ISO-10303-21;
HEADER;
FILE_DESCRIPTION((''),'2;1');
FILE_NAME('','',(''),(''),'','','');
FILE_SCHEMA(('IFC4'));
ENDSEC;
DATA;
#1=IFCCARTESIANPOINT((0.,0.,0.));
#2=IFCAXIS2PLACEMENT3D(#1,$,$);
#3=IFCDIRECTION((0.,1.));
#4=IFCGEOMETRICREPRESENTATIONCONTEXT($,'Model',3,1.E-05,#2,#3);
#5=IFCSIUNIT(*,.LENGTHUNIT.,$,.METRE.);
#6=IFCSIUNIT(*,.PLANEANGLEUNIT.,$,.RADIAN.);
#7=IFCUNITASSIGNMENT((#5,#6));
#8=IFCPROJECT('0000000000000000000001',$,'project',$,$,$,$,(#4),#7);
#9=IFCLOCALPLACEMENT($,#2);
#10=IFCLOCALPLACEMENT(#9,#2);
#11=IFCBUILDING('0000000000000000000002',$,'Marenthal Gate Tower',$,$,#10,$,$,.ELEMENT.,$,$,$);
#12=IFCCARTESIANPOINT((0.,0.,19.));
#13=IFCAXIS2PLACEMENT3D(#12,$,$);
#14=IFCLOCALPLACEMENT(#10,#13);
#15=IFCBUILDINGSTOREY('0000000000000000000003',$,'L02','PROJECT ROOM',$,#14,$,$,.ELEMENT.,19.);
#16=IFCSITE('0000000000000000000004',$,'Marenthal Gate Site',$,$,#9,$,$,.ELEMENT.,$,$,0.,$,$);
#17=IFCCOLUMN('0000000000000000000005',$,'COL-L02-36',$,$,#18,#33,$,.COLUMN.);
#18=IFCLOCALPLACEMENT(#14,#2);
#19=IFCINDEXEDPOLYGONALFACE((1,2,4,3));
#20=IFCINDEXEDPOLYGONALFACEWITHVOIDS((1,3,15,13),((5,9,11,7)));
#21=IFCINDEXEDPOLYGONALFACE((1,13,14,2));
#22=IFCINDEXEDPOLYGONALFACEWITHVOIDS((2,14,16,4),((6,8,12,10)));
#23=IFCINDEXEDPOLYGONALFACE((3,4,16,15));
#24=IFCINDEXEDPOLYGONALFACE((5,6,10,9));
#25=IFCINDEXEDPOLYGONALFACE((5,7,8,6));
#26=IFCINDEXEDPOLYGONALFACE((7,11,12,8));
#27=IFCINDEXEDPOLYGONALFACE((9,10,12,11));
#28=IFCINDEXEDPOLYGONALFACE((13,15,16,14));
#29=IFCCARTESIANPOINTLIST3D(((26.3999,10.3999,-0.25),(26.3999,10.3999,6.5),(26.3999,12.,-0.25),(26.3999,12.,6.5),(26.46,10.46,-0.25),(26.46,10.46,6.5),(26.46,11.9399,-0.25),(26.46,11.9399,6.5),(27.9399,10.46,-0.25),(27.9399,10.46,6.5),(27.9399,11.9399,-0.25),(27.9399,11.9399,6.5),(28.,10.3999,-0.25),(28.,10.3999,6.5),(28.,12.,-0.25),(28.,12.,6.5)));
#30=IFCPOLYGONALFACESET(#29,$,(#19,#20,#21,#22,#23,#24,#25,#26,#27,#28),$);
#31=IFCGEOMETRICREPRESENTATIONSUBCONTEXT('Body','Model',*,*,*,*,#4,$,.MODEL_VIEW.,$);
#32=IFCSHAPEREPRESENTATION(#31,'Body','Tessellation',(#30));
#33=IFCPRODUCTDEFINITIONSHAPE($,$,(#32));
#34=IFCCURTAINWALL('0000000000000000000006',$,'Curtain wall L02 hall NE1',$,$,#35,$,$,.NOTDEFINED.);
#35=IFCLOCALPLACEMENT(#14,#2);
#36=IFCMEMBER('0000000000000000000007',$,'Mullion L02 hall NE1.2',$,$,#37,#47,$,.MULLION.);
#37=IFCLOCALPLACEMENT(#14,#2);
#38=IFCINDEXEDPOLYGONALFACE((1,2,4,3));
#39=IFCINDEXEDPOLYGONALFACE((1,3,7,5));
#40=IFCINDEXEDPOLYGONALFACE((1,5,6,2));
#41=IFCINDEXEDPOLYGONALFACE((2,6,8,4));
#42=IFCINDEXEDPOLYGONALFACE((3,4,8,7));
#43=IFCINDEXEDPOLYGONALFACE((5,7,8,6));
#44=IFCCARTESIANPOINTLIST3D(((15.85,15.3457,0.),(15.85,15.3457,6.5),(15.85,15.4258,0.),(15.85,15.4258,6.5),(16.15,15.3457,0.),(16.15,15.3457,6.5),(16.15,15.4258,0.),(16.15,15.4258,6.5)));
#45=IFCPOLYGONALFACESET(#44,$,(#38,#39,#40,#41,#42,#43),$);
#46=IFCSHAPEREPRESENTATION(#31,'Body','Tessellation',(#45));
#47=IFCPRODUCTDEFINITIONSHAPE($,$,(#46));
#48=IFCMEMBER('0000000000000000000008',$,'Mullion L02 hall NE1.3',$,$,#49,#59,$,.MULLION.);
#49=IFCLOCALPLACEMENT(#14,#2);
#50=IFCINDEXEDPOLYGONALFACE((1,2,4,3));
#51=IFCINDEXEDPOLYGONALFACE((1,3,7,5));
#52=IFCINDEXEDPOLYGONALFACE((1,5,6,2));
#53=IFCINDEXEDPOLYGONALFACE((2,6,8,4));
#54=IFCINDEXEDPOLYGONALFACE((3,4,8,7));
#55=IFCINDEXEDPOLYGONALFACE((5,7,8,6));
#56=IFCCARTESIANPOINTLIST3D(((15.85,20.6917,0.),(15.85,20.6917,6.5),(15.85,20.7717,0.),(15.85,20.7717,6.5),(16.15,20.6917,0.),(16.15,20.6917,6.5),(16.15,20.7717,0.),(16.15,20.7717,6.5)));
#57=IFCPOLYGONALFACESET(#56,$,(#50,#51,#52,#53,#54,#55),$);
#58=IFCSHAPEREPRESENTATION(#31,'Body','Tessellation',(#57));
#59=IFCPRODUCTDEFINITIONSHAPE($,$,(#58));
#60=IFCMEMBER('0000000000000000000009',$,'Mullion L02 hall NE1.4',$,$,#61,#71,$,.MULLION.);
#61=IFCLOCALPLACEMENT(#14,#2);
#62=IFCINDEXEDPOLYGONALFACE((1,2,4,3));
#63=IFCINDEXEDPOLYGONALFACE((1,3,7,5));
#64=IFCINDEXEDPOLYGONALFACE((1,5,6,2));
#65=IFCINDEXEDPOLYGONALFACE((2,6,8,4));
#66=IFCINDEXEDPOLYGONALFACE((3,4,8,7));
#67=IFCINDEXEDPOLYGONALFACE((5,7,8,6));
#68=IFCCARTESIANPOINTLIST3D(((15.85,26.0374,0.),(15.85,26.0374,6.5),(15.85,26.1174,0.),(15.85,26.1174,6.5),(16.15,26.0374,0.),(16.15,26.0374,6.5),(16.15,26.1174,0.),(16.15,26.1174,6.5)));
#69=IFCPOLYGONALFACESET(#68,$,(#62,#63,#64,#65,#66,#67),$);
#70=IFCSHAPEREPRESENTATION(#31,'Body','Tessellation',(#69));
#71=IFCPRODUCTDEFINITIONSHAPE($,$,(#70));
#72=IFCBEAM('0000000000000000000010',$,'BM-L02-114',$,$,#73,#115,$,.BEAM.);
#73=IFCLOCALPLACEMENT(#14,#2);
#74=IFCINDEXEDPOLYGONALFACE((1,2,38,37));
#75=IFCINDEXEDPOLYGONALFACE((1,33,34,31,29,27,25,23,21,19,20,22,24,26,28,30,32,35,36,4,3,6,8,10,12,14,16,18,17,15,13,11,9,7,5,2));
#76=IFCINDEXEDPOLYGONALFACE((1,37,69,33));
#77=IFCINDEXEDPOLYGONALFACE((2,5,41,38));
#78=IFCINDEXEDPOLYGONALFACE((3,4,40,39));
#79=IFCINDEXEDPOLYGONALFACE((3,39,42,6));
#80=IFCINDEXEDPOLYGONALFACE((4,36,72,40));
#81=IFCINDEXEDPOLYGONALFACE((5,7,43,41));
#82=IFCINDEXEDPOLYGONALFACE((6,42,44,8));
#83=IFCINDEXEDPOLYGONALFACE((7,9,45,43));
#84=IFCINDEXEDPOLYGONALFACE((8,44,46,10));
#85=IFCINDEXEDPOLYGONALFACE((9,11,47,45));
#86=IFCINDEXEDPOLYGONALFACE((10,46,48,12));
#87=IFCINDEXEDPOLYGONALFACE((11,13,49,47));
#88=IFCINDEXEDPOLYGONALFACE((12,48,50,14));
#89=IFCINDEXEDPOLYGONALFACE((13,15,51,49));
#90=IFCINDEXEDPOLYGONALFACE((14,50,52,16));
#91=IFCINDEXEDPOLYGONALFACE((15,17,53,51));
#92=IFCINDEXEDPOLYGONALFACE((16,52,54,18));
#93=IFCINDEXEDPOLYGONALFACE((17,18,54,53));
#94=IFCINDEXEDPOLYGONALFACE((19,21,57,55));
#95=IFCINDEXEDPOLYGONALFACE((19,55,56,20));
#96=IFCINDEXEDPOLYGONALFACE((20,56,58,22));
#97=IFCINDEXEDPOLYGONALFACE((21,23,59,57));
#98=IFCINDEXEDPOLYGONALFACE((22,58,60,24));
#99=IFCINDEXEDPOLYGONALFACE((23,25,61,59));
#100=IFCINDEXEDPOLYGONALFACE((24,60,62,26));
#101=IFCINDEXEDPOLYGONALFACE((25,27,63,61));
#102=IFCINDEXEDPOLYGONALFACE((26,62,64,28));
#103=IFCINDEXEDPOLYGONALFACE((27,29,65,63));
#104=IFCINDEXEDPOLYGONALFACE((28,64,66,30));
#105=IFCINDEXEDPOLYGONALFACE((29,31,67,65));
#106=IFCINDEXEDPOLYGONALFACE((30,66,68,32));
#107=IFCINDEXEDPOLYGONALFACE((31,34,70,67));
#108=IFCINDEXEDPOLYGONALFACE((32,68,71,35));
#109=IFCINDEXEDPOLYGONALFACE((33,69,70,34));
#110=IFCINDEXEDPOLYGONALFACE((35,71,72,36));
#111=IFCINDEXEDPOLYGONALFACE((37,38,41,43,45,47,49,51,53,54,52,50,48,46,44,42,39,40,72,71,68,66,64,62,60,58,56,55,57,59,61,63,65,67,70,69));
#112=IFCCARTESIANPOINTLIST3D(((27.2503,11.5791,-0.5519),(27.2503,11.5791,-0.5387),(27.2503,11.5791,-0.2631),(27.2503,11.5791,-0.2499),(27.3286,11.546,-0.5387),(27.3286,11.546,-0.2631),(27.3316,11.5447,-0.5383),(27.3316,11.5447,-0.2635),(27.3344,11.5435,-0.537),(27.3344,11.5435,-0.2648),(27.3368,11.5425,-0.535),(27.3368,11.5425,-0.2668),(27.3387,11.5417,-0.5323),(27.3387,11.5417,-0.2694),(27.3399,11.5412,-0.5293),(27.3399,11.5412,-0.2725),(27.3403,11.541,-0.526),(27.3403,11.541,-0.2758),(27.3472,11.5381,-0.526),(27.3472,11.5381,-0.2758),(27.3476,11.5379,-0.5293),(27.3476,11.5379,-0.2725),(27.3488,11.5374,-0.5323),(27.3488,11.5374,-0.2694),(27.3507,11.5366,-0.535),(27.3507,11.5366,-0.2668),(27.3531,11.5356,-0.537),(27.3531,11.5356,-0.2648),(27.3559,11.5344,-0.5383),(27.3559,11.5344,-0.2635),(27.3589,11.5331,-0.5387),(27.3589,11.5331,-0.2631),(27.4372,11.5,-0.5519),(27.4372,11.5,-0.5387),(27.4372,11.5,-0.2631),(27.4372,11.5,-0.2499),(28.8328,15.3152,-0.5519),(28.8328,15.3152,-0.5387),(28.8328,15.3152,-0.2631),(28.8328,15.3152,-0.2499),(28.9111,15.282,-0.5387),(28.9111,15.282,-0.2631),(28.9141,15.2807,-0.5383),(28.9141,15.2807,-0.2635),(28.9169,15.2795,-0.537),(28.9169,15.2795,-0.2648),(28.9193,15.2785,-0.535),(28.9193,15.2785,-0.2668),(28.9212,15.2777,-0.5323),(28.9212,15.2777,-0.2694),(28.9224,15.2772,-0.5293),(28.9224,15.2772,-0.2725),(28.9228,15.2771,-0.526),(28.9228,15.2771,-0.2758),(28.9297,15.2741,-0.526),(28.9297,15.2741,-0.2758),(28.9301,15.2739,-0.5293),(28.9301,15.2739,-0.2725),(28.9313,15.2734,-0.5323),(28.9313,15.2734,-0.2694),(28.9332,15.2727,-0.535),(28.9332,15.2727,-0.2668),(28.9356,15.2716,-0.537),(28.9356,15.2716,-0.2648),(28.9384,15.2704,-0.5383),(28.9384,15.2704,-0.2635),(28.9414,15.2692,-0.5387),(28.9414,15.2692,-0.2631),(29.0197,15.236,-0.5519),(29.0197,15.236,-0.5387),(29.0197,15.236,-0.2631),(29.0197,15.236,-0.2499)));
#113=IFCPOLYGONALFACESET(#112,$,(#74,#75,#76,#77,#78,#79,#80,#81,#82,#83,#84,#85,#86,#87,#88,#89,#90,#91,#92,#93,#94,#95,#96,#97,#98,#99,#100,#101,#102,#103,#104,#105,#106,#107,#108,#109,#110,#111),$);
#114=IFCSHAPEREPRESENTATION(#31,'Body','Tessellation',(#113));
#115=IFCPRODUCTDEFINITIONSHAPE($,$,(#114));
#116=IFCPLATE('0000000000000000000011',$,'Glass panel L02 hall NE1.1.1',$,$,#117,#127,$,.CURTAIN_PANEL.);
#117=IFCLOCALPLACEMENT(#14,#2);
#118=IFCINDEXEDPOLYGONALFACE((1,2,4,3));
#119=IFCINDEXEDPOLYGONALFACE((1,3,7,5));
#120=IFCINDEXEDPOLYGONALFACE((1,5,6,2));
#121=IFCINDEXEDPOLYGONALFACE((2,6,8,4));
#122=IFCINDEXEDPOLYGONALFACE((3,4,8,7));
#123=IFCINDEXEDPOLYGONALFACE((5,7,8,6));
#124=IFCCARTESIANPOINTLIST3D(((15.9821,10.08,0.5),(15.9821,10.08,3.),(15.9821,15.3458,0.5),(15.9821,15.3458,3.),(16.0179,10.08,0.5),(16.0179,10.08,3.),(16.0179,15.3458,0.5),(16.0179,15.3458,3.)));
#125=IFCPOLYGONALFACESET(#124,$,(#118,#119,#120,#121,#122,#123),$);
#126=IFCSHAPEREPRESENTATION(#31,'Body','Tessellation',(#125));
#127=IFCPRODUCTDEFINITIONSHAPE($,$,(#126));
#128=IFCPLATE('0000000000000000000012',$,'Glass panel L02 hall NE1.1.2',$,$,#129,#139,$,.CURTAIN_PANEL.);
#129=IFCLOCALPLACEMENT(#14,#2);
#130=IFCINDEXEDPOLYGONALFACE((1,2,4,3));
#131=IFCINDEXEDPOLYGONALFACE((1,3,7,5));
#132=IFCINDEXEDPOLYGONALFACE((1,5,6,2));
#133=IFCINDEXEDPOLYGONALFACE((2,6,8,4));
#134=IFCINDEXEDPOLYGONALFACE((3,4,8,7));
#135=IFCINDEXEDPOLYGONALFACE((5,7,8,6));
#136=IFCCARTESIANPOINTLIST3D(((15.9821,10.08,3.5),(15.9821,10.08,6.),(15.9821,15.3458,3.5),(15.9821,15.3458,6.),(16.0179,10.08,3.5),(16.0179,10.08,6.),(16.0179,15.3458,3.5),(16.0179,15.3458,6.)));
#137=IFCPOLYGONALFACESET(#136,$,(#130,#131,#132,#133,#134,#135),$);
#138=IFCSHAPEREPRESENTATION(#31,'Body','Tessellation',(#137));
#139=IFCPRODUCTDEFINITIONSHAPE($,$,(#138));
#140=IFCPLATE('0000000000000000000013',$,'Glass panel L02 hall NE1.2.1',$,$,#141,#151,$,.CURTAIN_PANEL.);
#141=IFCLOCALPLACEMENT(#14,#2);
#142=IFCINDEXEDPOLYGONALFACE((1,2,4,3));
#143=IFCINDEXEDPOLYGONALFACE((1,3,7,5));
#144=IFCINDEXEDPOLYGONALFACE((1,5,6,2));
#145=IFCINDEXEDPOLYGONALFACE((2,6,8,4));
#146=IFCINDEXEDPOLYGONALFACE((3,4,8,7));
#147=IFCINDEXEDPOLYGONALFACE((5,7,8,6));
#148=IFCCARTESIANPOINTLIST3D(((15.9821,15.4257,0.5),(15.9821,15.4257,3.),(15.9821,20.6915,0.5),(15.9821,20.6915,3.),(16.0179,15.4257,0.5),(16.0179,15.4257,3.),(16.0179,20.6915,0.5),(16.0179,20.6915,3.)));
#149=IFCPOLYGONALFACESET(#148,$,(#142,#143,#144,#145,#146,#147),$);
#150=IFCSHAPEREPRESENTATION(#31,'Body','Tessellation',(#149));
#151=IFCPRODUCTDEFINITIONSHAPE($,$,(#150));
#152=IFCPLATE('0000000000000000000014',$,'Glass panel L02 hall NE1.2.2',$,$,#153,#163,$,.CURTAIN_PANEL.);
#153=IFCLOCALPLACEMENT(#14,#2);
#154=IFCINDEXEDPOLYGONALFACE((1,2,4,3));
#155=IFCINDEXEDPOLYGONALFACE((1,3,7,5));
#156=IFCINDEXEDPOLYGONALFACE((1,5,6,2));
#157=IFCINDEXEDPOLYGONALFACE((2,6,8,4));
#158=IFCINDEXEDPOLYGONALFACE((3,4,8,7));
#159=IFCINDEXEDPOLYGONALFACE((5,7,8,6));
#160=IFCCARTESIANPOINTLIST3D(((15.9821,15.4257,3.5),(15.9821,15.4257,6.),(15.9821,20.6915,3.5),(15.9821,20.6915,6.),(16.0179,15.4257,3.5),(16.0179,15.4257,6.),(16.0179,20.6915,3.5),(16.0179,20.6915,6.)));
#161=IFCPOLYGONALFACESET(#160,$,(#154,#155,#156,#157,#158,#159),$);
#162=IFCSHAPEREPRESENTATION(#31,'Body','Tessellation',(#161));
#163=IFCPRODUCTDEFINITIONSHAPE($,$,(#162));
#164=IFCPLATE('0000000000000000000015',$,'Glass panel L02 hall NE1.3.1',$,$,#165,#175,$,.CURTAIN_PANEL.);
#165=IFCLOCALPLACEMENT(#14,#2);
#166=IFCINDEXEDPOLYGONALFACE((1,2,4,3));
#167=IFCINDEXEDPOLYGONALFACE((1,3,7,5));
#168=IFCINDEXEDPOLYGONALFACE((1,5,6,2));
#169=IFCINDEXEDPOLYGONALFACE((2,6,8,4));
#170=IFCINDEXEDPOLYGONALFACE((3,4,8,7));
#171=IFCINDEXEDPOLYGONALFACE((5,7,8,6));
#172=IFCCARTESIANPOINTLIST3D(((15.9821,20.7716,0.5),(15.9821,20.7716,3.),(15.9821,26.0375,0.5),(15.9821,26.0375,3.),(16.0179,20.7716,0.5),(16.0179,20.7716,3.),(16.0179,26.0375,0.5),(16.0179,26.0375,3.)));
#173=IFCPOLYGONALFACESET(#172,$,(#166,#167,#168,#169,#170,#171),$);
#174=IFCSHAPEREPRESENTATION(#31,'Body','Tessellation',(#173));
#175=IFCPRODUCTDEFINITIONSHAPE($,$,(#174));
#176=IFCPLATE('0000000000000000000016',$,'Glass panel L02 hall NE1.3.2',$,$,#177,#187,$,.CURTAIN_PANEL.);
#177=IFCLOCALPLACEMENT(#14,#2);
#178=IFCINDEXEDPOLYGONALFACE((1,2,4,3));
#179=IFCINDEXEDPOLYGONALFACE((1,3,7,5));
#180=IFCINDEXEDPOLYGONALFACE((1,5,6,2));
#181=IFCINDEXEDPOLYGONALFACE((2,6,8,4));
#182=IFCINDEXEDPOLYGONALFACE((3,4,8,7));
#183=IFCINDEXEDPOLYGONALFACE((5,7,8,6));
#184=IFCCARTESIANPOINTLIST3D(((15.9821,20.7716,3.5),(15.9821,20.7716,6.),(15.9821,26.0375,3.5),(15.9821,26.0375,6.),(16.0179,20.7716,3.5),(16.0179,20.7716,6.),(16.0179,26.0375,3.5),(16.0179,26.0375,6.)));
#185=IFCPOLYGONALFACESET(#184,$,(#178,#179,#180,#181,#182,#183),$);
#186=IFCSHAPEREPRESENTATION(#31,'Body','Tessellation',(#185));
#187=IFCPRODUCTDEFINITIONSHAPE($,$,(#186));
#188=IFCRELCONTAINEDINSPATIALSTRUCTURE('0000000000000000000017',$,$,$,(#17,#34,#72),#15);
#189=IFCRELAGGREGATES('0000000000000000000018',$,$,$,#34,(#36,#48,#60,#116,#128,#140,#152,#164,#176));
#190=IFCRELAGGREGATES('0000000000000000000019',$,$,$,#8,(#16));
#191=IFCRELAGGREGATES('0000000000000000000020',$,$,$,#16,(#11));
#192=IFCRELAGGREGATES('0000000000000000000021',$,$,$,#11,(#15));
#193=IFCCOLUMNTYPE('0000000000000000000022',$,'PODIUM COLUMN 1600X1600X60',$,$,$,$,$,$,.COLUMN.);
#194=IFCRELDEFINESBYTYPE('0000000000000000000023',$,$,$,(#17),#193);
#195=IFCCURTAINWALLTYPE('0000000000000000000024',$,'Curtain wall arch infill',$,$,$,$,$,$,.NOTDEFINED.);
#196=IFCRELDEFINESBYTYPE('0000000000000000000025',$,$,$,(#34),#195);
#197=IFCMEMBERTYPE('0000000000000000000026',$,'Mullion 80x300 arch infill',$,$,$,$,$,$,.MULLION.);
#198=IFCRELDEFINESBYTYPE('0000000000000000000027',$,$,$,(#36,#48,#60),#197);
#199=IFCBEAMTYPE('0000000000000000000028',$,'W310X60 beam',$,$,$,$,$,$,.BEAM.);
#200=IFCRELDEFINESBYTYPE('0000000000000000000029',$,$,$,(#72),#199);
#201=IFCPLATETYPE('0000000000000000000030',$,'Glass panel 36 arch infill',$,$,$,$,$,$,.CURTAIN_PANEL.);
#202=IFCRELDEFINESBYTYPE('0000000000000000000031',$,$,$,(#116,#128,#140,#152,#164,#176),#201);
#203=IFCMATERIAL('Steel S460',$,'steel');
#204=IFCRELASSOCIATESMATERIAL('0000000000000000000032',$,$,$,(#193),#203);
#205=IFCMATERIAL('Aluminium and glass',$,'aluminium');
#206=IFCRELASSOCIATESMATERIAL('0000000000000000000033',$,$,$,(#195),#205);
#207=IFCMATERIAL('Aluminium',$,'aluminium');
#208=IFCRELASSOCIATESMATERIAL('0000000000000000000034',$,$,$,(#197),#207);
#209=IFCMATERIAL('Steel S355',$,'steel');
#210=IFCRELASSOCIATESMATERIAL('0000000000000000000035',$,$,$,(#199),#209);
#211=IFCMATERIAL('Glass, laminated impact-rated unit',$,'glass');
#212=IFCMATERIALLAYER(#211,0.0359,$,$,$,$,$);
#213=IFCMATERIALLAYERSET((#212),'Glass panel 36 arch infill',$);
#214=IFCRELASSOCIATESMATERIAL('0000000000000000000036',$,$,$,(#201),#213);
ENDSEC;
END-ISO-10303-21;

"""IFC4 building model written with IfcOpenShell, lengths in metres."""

from ifc_helpers import new_model, si_unit, direction, frame, origin, origin_2d, place, context, subcontext, project, spatial, rectangle, hollow_rectangle, i_section, extrude, material, layer, layer_set, material_profile, profile_set, type_object, element, aggregate, save


model = new_model("IFC4")

# Units and contexts
model_context = context("Model", 3, precision=1e-05, world=origin(), true_north=direction((0.0, 1.0)))
body_context = subcontext(model_context, "Body", "Model", "MODEL_VIEW")
ifc_project = project(units=[si_unit("LENGTHUNIT", "METRE"), si_unit("PLANEANGLEUNIT", "RADIAN")], contexts=[model_context])

# Site, building, storey
site_placement = place(None, origin())
site = spatial("IfcSite", under=ifc_project, at=site_placement, Name="Marenthal Gate Site", CompositionType="ELEMENT", RefElevation=0.0)
building_placement = place(site_placement, origin())
building = spatial("IfcBuilding", under=site, at=building_placement, Name="Marenthal Gate Tower", CompositionType="ELEMENT")
storey_placement = place(building_placement, frame((0.0, 0.0, 19.0)))
storey = spatial("IfcBuildingStorey", under=building, at=storey_placement, Name="L02", Description="PROJECT ROOM", CompositionType="ELEMENT", Elevation=19.0)

# Column
ifc_material_1 = material(Name="Steel S460", Category="steel")
ifc_material_profile_1 = material_profile(ifc_material_1, hollow_rectangle(XDim=1.6001, YDim=1.6001, WallThickness=0.0601, at=origin_2d()), Name="CFT BOX 1600X1600X60")
ifc_material_2 = material(Name="Concrete 70 MPa", Category="concrete")
ifc_material_profile_2 = material_profile(ifc_material_2, rectangle(XDim=1.48, YDim=1.48, at=origin_2d()), Name="CFT BOX 1600X1600X60 INFILL")
ifc_profile_set_1 = profile_set([ifc_material_profile_1, ifc_material_profile_2], Name="Steel S460 shell, Concrete 70 MPa infill")
column_type = type_object("IfcColumnType", Name="PODIUM COLUMN 1600X1600X60", PredefinedType="COLUMN", material=ifc_profile_set_1)
column_placement = place(storey_placement, frame((27.2, 11.2, -0.25), z_axis=(0.0, 0.0, 1.0), x_axis=(1.0, 0.0, 0.0)))
element("IfcColumn", 1, at=column_placement, inside=storey, type_object=column_type, Name="COL-L02-36", PredefinedType="COLUMN", context=body_context, shape_type="SweptSolid", body=[
    extrude(hollow_rectangle(XDim=1.6001, YDim=1.6001, WallThickness=0.0601, at=origin_2d()), origin(), (0.0, 0.0, 1.0), 6.75),
])

# Curtain wall, members
ifc_material_3 = material(Name="Aluminium and glass", Category="aluminium")
curtain_wall_type = type_object("IfcCurtainWallType", Name="Curtain wall arch infill", PredefinedType="NOTDEFINED", material=ifc_material_3)
curtain_wall_placement = place(storey_placement, origin())
curtain_wall = element("IfcCurtainWall", 2, at=curtain_wall_placement, inside=storey, type_object=curtain_wall_type, Name="Curtain wall L02 hall NE1", PredefinedType="NOTDEFINED")
ifc_material_4 = material(Name="Aluminium", Category="aluminium")
ifc_material_profile_3 = material_profile(ifc_material_4, rectangle(XDim=0.3, YDim=0.0801, at=origin_2d()), Name="80x300 aluminium mullion")
ifc_profile_set_2 = profile_set([ifc_material_profile_3], Name="Aluminium")
member_type = type_object("IfcMemberType", Name="Mullion 80x300 arch infill", PredefinedType="MULLION", material=ifc_profile_set_2)
member_1_placement = place(storey_placement, frame((16.0, 15.3857, 0.0), z_axis=(0.0, 0.0, 1.0), x_axis=(-1.0, 0.0, 0.0)))
member_1 = element("IfcMember", 3, at=member_1_placement, type_object=member_type, Name="Mullion L02 hall NE1.2", PredefinedType="MULLION", context=body_context, shape_type="SweptSolid", body=[
    extrude(rectangle(XDim=0.3, YDim=0.0801, at=origin_2d()), origin(), (0.0, 0.0, 1.0), 6.5),
])
member_2_placement = place(storey_placement, frame((16.0, 20.7317, 0.0), z_axis=(0.0, 0.0, 1.0), x_axis=(-1.0, 0.0, 0.0)))
member_2 = element("IfcMember", 4, at=member_2_placement, type_object=member_type, Name="Mullion L02 hall NE1.3", PredefinedType="MULLION", context=body_context, shape_type="SweptSolid", body=[
    extrude(rectangle(XDim=0.3, YDim=0.0801, at=origin_2d()), origin(), (0.0, 0.0, 1.0), 6.5),
])
member_3_placement = place(storey_placement, frame((16.0, 26.0774, 0.0), z_axis=(0.0, 0.0, 1.0), x_axis=(-1.0, 0.0, 0.0)))
member_3 = element("IfcMember", 5, at=member_3_placement, type_object=member_type, Name="Mullion L02 hall NE1.4", PredefinedType="MULLION", context=body_context, shape_type="SweptSolid", body=[
    extrude(rectangle(XDim=0.3, YDim=0.0801, at=origin_2d()), origin(), (0.0, 0.0, 1.0), 6.5),
])

# Beam
ifc_material_5 = material(Name="Steel S355", Category="steel")
ifc_material_profile_4 = material_profile(ifc_material_5, i_section(OverallWidth=0.2029, OverallDepth=0.302, WebThickness=0.0076, FlangeThickness=0.0132, FilletRadius=0.0127, at=origin_2d()), Name="W310X60")
ifc_profile_set_3 = profile_set([ifc_material_profile_4], Name="Steel S355")
beam_type = type_object("IfcBeamType", Name="W310X60 beam", PredefinedType="BEAM", material=ifc_profile_set_3)
beam_placement = place(storey_placement, frame((27.3438, 11.5396, -0.4009), z_axis=(0.390031, 0.920802, 0.0), x_axis=(-0.920802, 0.390031, 0.0)))
element("IfcBeam", 6, at=beam_placement, inside=storey, type_object=beam_type, Name="BM-L02-114", PredefinedType="BEAM", context=body_context, shape_type="SweptSolid", body=[
    extrude(i_section(OverallWidth=0.2029, OverallDepth=0.302, WebThickness=0.0076, FlangeThickness=0.0132, FilletRadius=0.0127, at=origin_2d()), origin(), (0.0, 0.0, 1.0), 4.0574),
])

# Plates
ifc_material_6 = material(Name="Glass, laminated impact-rated unit", Category="glass")
ifc_layer_1 = layer(ifc_material_6, 0.0359)
ifc_layer_set_1 = layer_set([ifc_layer_1], Name="Glass panel 36 arch infill")
plate_type = type_object("IfcPlateType", Name="Glass panel 36 arch infill", PredefinedType="CURTAIN_PANEL", material=ifc_layer_set_1)
plate_1_placement = place(storey_placement, frame((16.0, 12.7129, 0.5), z_axis=(0.0, 0.0, 1.0), x_axis=(0.0, 1.0, 0.0)))
plate_1 = element("IfcPlate", 7, at=plate_1_placement, type_object=plate_type, Name="Glass panel L02 hall NE1.1.1", PredefinedType="CURTAIN_PANEL", context=body_context, shape_type="SweptSolid", body=[
    extrude(rectangle(XDim=5.2659, YDim=0.0359, at=origin_2d()), origin(), (0.0, 0.0, 1.0), 2.5),
])
plate_2_placement = place(storey_placement, frame((16.0, 12.7129, 3.5), z_axis=(0.0, 0.0, 1.0), x_axis=(0.0, 1.0, 0.0)))
plate_2 = element("IfcPlate", 8, at=plate_2_placement, type_object=plate_type, Name="Glass panel L02 hall NE1.1.2", PredefinedType="CURTAIN_PANEL", context=body_context, shape_type="SweptSolid", body=[
    extrude(rectangle(XDim=5.2659, YDim=0.0359, at=origin_2d()), origin(), (0.0, 0.0, 1.0), 2.5),
])
plate_3_placement = place(storey_placement, frame((16.0, 18.0586, 0.5), z_axis=(0.0, 0.0, 1.0), x_axis=(0.0, 1.0, 0.0)))
plate_3 = element("IfcPlate", 9, at=plate_3_placement, type_object=plate_type, Name="Glass panel L02 hall NE1.2.1", PredefinedType="CURTAIN_PANEL", context=body_context, shape_type="SweptSolid", body=[
    extrude(rectangle(XDim=5.2659, YDim=0.0359, at=origin_2d()), origin(), (0.0, 0.0, 1.0), 2.5),
])
plate_4_placement = place(storey_placement, frame((16.0, 18.0586, 3.5), z_axis=(0.0, 0.0, 1.0), x_axis=(0.0, 1.0, 0.0)))
plate_4 = element("IfcPlate", 10, at=plate_4_placement, type_object=plate_type, Name="Glass panel L02 hall NE1.2.2", PredefinedType="CURTAIN_PANEL", context=body_context, shape_type="SweptSolid", body=[
    extrude(rectangle(XDim=5.2659, YDim=0.0359, at=origin_2d()), origin(), (0.0, 0.0, 1.0), 2.5),
])
plate_5_placement = place(storey_placement, frame((16.0, 23.4045, 0.5), z_axis=(0.0, 0.0, 1.0), x_axis=(0.0, 1.0, 0.0)))
plate_5 = element("IfcPlate", 11, at=plate_5_placement, type_object=plate_type, Name="Glass panel L02 hall NE1.3.1", PredefinedType="CURTAIN_PANEL", context=body_context, shape_type="SweptSolid", body=[
    extrude(rectangle(XDim=5.2659, YDim=0.0359, at=origin_2d()), origin(), (0.0, 0.0, 1.0), 2.5),
])
plate_6_placement = place(storey_placement, frame((16.0, 23.4045, 3.5), z_axis=(0.0, 0.0, 1.0), x_axis=(0.0, 1.0, 0.0)))
plate_6 = element("IfcPlate", 12, at=plate_6_placement, type_object=plate_type, Name="Glass panel L02 hall NE1.3.2", PredefinedType="CURTAIN_PANEL", context=body_context, shape_type="SweptSolid", body=[
    extrude(rectangle(XDim=5.2659, YDim=0.0359, at=origin_2d()), origin(), (0.0, 0.0, 1.0), 2.5),
])
aggregate(curtain_wall, [member_1, member_2, member_3, plate_1, plate_2, plate_3, plate_4, plate_5, plate_6])

save(model, "model.ifc")
